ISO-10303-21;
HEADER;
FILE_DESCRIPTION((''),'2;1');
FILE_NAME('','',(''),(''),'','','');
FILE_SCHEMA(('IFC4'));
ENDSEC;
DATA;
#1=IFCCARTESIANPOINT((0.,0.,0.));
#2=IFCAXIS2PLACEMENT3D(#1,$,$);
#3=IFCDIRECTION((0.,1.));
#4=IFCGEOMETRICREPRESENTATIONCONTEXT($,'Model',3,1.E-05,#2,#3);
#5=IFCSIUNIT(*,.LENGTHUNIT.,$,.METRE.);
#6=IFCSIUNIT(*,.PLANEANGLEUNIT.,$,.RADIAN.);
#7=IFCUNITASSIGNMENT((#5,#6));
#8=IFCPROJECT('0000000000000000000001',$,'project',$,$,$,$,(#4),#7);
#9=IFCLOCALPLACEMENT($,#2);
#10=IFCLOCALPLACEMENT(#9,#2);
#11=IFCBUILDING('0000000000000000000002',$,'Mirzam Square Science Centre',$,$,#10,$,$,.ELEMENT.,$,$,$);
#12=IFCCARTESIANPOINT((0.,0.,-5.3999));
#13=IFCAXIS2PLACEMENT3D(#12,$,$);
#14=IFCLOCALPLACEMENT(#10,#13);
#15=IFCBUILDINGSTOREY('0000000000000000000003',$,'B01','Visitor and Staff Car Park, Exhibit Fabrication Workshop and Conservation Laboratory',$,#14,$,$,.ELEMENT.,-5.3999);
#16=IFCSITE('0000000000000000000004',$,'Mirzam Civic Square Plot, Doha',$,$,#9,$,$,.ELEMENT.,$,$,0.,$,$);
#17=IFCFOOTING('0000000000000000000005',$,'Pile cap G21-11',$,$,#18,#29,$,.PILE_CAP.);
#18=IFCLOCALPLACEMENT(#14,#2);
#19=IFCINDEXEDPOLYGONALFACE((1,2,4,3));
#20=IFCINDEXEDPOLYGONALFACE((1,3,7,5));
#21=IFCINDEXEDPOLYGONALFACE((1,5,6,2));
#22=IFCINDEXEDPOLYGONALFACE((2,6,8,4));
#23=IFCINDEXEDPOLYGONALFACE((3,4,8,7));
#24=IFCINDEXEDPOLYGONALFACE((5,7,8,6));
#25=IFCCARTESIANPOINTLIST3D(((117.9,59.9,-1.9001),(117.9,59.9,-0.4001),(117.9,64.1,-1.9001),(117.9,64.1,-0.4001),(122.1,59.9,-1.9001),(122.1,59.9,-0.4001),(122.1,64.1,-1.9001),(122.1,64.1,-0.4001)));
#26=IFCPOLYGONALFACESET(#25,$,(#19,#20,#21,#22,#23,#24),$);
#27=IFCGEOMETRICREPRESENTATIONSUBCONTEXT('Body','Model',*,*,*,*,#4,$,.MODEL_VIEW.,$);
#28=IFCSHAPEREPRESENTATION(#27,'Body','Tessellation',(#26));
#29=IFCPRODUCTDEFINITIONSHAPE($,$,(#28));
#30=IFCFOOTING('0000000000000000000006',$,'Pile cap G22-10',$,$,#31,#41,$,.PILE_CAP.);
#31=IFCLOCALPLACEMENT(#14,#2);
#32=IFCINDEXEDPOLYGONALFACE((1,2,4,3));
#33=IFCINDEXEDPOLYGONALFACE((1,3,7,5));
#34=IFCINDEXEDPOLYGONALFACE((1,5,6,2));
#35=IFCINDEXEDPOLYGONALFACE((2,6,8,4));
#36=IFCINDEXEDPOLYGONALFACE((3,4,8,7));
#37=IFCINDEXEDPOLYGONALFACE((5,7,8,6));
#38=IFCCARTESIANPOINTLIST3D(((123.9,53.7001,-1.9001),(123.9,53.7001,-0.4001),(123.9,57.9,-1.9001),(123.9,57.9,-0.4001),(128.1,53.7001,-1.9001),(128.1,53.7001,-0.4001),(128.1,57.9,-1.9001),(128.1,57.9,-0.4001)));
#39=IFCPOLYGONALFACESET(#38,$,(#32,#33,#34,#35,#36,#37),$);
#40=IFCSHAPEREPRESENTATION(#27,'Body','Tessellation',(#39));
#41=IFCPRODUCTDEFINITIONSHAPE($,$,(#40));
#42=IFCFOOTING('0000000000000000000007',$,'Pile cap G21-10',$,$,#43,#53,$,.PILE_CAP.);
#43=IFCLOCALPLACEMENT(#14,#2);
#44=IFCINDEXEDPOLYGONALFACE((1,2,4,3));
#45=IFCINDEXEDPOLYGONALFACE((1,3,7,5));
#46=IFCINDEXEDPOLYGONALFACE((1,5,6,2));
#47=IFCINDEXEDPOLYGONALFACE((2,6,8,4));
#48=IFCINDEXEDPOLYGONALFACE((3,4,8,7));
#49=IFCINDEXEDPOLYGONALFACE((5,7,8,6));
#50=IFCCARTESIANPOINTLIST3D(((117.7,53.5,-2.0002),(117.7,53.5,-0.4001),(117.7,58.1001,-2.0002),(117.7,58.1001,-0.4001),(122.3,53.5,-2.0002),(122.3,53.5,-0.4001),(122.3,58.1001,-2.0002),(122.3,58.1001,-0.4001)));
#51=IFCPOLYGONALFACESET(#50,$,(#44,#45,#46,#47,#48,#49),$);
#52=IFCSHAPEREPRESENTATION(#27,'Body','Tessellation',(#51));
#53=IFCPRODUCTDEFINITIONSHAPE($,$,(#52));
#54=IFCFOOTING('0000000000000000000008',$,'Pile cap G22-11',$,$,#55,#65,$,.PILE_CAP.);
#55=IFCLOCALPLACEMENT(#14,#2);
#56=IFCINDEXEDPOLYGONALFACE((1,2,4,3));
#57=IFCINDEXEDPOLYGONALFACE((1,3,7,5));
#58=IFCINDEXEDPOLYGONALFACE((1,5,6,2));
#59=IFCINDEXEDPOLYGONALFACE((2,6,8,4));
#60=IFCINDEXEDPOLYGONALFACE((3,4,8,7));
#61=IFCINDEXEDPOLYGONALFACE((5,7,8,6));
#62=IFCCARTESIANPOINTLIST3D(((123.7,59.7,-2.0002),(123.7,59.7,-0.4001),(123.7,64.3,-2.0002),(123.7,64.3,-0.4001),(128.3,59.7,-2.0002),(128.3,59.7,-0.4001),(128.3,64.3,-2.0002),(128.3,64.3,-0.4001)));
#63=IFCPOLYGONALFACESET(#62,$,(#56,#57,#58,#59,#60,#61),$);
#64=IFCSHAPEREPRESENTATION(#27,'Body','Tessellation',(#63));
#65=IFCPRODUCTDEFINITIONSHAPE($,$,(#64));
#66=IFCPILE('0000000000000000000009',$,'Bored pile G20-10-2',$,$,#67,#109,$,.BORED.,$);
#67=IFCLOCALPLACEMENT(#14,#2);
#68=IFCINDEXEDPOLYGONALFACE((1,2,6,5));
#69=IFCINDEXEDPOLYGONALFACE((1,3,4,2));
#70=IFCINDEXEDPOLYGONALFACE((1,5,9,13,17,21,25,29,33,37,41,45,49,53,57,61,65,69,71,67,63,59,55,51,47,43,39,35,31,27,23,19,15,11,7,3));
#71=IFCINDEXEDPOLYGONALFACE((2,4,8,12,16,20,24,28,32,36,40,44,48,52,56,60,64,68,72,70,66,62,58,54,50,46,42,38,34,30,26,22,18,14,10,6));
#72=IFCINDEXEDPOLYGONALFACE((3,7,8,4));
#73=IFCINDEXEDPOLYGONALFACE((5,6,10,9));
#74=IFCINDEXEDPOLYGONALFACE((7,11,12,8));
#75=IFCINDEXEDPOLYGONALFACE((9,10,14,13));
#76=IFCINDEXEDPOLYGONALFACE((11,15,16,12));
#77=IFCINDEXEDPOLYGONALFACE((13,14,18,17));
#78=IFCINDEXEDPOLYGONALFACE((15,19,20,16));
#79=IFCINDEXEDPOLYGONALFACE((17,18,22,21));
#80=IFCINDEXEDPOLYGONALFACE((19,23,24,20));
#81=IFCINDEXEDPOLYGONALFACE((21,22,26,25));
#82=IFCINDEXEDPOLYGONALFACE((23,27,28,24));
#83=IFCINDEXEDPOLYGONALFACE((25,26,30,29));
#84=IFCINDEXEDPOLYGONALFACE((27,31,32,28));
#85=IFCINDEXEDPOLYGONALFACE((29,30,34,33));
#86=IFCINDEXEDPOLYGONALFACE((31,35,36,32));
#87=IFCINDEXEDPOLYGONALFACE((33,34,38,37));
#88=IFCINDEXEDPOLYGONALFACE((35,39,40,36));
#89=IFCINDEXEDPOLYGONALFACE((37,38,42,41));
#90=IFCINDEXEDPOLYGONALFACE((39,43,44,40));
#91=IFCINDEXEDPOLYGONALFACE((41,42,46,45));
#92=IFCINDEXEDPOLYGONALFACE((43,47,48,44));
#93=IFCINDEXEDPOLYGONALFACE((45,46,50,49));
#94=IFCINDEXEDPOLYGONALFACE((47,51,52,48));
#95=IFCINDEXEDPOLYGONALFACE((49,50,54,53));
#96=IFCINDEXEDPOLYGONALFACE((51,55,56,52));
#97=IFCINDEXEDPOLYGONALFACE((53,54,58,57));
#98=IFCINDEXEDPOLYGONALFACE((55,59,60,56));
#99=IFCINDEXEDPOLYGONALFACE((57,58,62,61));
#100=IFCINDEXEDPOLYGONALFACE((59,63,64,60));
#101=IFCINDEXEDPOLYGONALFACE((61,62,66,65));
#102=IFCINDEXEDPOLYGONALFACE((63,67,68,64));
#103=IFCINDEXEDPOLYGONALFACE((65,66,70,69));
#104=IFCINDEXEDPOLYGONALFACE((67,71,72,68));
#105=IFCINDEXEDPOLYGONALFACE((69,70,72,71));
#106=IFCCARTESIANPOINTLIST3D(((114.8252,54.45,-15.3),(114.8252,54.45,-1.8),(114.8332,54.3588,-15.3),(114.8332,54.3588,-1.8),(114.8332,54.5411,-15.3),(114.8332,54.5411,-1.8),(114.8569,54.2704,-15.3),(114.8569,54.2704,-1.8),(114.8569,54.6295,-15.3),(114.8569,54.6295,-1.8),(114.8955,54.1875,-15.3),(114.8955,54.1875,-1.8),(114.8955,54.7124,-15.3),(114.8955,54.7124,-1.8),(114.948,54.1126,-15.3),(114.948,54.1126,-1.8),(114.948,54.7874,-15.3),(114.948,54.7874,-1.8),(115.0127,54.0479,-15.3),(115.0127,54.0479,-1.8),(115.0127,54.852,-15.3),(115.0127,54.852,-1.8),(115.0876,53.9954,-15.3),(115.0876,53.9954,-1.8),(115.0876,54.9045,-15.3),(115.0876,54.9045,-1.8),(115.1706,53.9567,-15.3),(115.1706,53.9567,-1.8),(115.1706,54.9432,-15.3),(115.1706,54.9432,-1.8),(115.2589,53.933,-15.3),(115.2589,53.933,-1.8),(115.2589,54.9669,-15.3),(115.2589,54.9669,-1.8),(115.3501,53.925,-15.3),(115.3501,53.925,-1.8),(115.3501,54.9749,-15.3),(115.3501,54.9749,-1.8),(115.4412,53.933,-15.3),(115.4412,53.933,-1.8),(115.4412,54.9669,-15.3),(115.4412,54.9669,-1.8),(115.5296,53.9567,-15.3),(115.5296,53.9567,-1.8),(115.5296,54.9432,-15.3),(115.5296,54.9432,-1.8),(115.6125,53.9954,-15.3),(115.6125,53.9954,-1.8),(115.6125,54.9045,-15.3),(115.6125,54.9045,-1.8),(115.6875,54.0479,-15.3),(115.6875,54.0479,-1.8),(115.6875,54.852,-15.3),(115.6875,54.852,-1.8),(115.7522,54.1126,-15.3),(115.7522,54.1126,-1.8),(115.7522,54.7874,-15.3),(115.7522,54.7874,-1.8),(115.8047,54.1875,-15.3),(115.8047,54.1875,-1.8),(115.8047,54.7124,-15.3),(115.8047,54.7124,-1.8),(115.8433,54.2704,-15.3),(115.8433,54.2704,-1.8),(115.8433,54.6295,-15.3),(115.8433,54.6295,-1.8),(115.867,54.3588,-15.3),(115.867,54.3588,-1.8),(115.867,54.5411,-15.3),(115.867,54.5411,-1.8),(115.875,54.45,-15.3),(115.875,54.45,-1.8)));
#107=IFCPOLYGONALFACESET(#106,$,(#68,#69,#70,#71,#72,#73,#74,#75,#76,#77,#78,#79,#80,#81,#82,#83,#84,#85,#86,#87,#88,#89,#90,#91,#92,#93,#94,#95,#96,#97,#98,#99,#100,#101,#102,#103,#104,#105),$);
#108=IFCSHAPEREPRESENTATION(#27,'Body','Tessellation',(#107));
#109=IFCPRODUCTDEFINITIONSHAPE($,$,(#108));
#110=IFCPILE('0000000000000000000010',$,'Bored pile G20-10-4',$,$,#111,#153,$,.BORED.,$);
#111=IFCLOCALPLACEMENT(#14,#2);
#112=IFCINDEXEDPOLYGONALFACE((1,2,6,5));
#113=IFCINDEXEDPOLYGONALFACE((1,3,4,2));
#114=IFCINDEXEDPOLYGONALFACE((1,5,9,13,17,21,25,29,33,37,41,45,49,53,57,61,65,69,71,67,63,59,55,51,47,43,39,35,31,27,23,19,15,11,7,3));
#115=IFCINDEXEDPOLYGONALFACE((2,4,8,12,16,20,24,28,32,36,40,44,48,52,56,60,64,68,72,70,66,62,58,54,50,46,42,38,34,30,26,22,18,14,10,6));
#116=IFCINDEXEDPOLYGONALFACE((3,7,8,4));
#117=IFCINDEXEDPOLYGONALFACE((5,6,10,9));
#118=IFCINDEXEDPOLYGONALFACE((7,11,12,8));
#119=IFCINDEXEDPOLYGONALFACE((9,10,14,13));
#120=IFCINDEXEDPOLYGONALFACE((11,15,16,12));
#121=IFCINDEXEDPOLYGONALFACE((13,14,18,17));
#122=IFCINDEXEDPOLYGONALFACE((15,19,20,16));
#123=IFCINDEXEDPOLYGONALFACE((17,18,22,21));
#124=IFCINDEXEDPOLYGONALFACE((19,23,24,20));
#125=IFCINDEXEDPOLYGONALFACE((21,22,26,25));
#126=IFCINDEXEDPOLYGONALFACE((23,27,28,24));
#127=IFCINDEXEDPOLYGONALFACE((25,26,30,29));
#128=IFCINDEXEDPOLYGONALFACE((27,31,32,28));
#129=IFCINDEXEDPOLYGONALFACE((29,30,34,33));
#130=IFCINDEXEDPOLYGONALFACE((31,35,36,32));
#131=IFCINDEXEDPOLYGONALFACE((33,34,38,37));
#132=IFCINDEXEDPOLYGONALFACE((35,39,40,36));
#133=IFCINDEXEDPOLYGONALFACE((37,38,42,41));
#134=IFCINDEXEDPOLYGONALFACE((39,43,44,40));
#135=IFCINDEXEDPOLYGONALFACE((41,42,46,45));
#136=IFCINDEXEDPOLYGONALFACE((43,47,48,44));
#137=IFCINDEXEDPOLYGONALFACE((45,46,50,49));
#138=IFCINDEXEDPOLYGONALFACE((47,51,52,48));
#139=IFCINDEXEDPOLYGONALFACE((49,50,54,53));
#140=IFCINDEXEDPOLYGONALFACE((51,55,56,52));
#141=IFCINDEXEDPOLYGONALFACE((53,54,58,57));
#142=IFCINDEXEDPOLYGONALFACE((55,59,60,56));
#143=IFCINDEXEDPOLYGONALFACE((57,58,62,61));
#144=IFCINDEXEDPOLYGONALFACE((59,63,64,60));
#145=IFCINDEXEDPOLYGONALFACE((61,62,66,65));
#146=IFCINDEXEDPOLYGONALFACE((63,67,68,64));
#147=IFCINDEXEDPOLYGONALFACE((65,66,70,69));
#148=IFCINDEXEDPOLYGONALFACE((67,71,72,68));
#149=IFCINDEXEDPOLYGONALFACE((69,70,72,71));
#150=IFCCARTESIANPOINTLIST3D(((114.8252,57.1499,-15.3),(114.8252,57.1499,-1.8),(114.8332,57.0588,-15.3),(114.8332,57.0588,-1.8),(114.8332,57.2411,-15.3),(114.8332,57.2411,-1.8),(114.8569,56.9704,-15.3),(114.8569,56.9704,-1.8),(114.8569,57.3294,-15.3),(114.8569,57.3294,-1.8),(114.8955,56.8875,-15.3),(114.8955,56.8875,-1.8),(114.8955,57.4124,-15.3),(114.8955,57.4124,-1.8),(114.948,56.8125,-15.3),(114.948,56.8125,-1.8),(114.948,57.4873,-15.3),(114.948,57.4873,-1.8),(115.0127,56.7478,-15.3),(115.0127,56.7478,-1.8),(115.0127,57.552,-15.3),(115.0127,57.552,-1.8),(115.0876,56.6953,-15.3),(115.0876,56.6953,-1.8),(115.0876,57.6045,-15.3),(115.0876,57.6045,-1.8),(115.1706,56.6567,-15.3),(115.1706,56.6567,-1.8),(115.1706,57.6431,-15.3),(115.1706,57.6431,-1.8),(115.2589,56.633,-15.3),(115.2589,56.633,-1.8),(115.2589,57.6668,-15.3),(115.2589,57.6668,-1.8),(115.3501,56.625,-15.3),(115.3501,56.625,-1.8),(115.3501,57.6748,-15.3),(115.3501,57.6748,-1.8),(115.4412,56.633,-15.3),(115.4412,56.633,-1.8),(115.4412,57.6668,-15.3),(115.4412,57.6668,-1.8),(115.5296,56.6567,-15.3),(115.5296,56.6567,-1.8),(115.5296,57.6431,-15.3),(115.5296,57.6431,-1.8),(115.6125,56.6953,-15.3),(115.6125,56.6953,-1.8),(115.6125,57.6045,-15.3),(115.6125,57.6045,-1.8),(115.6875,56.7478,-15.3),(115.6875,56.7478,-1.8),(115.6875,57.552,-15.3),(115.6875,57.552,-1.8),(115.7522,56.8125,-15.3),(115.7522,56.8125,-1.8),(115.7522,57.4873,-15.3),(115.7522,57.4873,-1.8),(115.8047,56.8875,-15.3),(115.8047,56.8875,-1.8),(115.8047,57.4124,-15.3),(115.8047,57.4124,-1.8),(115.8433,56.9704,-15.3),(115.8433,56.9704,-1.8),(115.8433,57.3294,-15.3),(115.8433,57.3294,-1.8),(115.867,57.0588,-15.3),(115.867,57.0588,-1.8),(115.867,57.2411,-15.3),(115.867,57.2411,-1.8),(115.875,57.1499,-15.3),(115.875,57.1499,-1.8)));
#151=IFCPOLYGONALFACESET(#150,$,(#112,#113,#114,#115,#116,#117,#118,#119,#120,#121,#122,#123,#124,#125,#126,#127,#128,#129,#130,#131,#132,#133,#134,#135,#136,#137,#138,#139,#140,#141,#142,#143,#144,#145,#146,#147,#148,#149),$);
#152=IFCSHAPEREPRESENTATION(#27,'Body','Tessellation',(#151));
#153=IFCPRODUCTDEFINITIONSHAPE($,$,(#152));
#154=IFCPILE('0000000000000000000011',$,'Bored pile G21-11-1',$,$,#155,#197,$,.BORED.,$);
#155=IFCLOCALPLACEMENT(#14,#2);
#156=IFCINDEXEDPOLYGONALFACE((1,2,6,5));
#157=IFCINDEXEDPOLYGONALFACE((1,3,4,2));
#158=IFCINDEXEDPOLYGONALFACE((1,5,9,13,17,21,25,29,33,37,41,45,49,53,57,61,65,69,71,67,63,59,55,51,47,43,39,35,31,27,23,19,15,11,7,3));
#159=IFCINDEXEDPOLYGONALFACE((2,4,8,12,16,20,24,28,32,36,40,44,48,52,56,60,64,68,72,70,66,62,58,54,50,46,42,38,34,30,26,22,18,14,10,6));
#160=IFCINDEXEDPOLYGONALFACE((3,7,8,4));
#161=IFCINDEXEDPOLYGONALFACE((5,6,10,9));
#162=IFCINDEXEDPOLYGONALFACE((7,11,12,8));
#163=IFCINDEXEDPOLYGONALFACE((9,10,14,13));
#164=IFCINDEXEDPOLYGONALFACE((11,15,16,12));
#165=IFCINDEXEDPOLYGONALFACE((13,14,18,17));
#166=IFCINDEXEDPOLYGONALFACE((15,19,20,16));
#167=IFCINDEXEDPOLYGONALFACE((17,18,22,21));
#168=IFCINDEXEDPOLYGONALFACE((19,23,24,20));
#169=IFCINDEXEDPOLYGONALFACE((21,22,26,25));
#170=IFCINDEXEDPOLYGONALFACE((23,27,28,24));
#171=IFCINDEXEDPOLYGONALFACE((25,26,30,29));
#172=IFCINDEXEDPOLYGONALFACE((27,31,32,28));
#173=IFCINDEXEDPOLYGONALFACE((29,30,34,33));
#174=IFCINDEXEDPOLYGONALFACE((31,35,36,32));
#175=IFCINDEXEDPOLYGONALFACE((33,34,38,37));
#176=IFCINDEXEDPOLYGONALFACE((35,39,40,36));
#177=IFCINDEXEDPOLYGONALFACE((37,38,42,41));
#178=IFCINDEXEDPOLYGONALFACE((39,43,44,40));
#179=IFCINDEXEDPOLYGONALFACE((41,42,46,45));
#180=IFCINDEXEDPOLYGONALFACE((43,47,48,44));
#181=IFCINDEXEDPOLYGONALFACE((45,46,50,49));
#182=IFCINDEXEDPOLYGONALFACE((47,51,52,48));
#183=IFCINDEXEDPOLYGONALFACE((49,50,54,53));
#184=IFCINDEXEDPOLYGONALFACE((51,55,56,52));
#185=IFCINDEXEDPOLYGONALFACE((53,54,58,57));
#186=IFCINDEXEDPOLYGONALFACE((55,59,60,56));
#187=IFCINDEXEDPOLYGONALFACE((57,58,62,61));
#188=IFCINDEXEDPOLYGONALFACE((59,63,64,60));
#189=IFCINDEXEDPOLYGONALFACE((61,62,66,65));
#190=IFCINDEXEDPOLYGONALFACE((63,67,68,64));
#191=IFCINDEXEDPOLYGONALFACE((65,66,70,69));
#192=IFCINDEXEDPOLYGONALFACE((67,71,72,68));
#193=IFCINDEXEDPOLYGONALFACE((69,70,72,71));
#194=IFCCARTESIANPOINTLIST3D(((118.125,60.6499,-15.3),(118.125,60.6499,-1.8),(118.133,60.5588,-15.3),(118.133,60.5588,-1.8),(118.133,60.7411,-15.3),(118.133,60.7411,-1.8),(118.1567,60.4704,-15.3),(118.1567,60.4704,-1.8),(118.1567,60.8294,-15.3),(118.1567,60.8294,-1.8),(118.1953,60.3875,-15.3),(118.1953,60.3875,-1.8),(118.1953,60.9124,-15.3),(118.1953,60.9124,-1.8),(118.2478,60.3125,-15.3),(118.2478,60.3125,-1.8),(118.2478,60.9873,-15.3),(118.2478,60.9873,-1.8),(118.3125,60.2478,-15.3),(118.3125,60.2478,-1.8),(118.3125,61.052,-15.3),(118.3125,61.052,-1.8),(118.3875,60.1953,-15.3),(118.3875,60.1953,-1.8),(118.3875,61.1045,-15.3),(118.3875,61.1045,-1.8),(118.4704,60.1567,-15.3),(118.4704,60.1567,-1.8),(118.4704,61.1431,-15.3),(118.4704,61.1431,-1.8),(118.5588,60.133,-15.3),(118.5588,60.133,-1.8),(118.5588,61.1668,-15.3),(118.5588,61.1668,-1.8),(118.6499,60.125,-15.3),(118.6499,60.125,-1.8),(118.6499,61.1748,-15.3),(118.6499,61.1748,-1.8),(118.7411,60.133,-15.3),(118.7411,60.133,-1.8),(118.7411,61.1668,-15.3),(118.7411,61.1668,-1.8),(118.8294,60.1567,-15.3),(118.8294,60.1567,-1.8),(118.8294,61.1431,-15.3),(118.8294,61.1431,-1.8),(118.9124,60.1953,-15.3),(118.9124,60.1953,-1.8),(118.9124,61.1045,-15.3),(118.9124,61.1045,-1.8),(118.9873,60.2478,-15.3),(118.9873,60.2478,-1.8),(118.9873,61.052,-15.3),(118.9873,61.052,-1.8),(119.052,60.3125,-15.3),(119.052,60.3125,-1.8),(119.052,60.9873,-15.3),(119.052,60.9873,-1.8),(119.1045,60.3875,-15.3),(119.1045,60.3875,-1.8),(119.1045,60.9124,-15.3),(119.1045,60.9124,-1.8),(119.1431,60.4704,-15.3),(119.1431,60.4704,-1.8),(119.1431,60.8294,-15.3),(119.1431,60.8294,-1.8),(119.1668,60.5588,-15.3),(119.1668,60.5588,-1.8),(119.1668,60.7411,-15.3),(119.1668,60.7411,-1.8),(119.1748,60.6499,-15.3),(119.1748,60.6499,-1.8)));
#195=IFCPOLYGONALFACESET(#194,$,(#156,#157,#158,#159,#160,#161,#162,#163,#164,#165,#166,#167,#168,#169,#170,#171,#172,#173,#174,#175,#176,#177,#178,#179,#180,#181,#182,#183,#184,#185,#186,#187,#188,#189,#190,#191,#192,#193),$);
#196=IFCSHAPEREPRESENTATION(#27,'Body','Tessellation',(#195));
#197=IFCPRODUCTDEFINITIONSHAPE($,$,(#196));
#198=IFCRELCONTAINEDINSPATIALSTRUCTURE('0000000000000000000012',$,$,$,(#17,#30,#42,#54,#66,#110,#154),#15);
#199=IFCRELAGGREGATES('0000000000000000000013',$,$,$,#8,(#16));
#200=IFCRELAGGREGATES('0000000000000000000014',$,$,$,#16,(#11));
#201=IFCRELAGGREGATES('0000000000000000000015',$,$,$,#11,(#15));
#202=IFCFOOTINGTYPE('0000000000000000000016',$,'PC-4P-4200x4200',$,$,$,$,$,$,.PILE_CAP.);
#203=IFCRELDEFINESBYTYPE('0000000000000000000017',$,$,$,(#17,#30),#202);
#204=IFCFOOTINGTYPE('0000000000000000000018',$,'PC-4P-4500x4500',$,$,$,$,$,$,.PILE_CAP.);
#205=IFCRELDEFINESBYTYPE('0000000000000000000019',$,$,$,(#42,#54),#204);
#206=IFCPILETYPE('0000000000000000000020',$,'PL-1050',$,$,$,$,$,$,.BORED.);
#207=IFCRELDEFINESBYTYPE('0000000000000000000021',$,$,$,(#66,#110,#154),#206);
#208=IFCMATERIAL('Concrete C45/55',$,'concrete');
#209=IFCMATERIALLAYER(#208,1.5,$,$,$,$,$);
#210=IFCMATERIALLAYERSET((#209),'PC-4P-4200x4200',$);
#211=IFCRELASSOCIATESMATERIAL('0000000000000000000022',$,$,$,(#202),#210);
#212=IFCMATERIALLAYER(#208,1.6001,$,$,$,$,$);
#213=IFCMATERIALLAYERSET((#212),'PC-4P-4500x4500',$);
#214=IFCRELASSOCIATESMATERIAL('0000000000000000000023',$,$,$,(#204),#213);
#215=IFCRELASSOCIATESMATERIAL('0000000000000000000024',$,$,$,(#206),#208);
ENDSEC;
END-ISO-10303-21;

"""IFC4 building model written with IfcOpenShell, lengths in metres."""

from ifc_helpers import new_model, si_unit, direction, frame, origin, origin_2d, place, context, subcontext, project, spatial, rectangle, circle, extrude, material, layer, layer_set, material_profile, profile_set, type_object, element, save


model = new_model("IFC4")

# Units and contexts
model_context = context("Model", 3, precision=1e-05, world=origin(), true_north=direction((0.0, 1.0)))
body_context = subcontext(model_context, "Body", "Model", "MODEL_VIEW")
ifc_project = project(units=[si_unit("LENGTHUNIT", "METRE"), si_unit("PLANEANGLEUNIT", "RADIAN")], contexts=[model_context])

# Site, building, storey
site_placement = place(None, origin())
site = spatial("IfcSite", under=ifc_project, at=site_placement, Name="Mirzam Civic Square Plot, Doha", CompositionType="ELEMENT", RefElevation=0.0)
building_placement = place(site_placement, origin())
building = spatial("IfcBuilding", under=site, at=building_placement, Name="Mirzam Square Science Centre", CompositionType="ELEMENT")
storey_placement = place(building_placement, frame((0.0, 0.0, -5.3999)))
storey = spatial("IfcBuildingStorey", under=building, at=storey_placement, Name="B01", Description="Visitor and Staff Car Park, Exhibit Fabrication Workshop and Conservation Laboratory", CompositionType="ELEMENT", Elevation=-5.3999)

# Footings
ifc_material_1 = material(Name="Concrete C45/55", Category="concrete")
ifc_layer_1 = layer(ifc_material_1, 1.5)
ifc_layer_set_1 = layer_set([ifc_layer_1], Name="PC-4P-4200x4200")
footing_type_1 = type_object("IfcFootingType", Name="PC-4P-4200x4200", PredefinedType="PILE_CAP", material=ifc_layer_set_1)
for number, where, z_axis, x_axis, name in (
    (1, (120.0, 62.0, -1.9001), (0.0, 0.0, 1.0), (1.0, 0.0, 0.0), "Pile cap G21-11"),
    (2, (126.0, 55.8, -1.9001), (0.0, 0.0, 1.0), (1.0, 0.0, 0.0), "Pile cap G22-10"),
):
    element("IfcFooting", number, at=place(storey_placement, frame(where, z_axis=z_axis, x_axis=x_axis)), inside=storey, type_object=footing_type_1, Name=name, PredefinedType="PILE_CAP", context=body_context, shape_type="SweptSolid", body=[
        extrude(rectangle(XDim=4.2, YDim=4.2, at=origin_2d()), origin(), (0.0, 0.0, 1.0), 1.5),
    ])
ifc_layer_2 = layer(ifc_material_1, 1.6001)
ifc_layer_set_2 = layer_set([ifc_layer_2], Name="PC-4P-4500x4500")
footing_type_2 = type_object("IfcFootingType", Name="PC-4P-4500x4500", PredefinedType="PILE_CAP", material=ifc_layer_set_2)
for number, where, z_axis, x_axis, name in (
    (3, (120.0, 55.8, -2.0002), (0.0, 0.0, 1.0), (1.0, 0.0, 0.0), "Pile cap G21-10"),
    (4, (126.0, 62.0, -2.0002), (0.0, 0.0, 1.0), (1.0, 0.0, 0.0), "Pile cap G22-11"),
):
    element("IfcFooting", number, at=place(storey_placement, frame(where, z_axis=z_axis, x_axis=x_axis)), inside=storey, type_object=footing_type_2, Name=name, PredefinedType="PILE_CAP", context=body_context, shape_type="SweptSolid", body=[
        extrude(rectangle(XDim=4.6001, YDim=4.6001, at=origin_2d()), origin(), (0.0, 0.0, 1.0), 1.6001),
    ])

# Piles
ifc_material_profile_1 = material_profile(ifc_material_1, circle(Radius=0.5249, at=origin_2d()), Name="PILE-D1050")
ifc_profile_set_1 = profile_set([ifc_material_profile_1], Name="Concrete C45/55")
pile_type_1 = type_object("IfcPileType", Name="PL-1050", PredefinedType="BORED", material=ifc_profile_set_1)
for number, where, z_axis, x_axis, name in (
    (5, (115.3501, 54.45, -1.8), (0.0, 0.0, -1.0), (1.0, 0.0, 0.0), "Bored pile G20-10-2"),
    (6, (115.3501, 57.1499, -1.8), (0.0, 0.0, -1.0), (1.0, 0.0, 0.0), "Bored pile G20-10-4"),
    (7, (118.6499, 60.6499, -1.8), (0.0, 0.0, -1.0), (1.0, 0.0, 0.0), "Bored pile G21-11-1"),
):
    element("IfcPile", number, at=place(storey_placement, frame(where, z_axis=z_axis, x_axis=x_axis)), inside=storey, type_object=pile_type_1, Name=name, PredefinedType="BORED", context=body_context, shape_type="SweptSolid", body=[
        extrude(circle(Radius=0.5249, at=origin_2d()), origin(), (0.0, 0.0, 1.0), 13.5),
    ])

save(model, "model.ifc")
